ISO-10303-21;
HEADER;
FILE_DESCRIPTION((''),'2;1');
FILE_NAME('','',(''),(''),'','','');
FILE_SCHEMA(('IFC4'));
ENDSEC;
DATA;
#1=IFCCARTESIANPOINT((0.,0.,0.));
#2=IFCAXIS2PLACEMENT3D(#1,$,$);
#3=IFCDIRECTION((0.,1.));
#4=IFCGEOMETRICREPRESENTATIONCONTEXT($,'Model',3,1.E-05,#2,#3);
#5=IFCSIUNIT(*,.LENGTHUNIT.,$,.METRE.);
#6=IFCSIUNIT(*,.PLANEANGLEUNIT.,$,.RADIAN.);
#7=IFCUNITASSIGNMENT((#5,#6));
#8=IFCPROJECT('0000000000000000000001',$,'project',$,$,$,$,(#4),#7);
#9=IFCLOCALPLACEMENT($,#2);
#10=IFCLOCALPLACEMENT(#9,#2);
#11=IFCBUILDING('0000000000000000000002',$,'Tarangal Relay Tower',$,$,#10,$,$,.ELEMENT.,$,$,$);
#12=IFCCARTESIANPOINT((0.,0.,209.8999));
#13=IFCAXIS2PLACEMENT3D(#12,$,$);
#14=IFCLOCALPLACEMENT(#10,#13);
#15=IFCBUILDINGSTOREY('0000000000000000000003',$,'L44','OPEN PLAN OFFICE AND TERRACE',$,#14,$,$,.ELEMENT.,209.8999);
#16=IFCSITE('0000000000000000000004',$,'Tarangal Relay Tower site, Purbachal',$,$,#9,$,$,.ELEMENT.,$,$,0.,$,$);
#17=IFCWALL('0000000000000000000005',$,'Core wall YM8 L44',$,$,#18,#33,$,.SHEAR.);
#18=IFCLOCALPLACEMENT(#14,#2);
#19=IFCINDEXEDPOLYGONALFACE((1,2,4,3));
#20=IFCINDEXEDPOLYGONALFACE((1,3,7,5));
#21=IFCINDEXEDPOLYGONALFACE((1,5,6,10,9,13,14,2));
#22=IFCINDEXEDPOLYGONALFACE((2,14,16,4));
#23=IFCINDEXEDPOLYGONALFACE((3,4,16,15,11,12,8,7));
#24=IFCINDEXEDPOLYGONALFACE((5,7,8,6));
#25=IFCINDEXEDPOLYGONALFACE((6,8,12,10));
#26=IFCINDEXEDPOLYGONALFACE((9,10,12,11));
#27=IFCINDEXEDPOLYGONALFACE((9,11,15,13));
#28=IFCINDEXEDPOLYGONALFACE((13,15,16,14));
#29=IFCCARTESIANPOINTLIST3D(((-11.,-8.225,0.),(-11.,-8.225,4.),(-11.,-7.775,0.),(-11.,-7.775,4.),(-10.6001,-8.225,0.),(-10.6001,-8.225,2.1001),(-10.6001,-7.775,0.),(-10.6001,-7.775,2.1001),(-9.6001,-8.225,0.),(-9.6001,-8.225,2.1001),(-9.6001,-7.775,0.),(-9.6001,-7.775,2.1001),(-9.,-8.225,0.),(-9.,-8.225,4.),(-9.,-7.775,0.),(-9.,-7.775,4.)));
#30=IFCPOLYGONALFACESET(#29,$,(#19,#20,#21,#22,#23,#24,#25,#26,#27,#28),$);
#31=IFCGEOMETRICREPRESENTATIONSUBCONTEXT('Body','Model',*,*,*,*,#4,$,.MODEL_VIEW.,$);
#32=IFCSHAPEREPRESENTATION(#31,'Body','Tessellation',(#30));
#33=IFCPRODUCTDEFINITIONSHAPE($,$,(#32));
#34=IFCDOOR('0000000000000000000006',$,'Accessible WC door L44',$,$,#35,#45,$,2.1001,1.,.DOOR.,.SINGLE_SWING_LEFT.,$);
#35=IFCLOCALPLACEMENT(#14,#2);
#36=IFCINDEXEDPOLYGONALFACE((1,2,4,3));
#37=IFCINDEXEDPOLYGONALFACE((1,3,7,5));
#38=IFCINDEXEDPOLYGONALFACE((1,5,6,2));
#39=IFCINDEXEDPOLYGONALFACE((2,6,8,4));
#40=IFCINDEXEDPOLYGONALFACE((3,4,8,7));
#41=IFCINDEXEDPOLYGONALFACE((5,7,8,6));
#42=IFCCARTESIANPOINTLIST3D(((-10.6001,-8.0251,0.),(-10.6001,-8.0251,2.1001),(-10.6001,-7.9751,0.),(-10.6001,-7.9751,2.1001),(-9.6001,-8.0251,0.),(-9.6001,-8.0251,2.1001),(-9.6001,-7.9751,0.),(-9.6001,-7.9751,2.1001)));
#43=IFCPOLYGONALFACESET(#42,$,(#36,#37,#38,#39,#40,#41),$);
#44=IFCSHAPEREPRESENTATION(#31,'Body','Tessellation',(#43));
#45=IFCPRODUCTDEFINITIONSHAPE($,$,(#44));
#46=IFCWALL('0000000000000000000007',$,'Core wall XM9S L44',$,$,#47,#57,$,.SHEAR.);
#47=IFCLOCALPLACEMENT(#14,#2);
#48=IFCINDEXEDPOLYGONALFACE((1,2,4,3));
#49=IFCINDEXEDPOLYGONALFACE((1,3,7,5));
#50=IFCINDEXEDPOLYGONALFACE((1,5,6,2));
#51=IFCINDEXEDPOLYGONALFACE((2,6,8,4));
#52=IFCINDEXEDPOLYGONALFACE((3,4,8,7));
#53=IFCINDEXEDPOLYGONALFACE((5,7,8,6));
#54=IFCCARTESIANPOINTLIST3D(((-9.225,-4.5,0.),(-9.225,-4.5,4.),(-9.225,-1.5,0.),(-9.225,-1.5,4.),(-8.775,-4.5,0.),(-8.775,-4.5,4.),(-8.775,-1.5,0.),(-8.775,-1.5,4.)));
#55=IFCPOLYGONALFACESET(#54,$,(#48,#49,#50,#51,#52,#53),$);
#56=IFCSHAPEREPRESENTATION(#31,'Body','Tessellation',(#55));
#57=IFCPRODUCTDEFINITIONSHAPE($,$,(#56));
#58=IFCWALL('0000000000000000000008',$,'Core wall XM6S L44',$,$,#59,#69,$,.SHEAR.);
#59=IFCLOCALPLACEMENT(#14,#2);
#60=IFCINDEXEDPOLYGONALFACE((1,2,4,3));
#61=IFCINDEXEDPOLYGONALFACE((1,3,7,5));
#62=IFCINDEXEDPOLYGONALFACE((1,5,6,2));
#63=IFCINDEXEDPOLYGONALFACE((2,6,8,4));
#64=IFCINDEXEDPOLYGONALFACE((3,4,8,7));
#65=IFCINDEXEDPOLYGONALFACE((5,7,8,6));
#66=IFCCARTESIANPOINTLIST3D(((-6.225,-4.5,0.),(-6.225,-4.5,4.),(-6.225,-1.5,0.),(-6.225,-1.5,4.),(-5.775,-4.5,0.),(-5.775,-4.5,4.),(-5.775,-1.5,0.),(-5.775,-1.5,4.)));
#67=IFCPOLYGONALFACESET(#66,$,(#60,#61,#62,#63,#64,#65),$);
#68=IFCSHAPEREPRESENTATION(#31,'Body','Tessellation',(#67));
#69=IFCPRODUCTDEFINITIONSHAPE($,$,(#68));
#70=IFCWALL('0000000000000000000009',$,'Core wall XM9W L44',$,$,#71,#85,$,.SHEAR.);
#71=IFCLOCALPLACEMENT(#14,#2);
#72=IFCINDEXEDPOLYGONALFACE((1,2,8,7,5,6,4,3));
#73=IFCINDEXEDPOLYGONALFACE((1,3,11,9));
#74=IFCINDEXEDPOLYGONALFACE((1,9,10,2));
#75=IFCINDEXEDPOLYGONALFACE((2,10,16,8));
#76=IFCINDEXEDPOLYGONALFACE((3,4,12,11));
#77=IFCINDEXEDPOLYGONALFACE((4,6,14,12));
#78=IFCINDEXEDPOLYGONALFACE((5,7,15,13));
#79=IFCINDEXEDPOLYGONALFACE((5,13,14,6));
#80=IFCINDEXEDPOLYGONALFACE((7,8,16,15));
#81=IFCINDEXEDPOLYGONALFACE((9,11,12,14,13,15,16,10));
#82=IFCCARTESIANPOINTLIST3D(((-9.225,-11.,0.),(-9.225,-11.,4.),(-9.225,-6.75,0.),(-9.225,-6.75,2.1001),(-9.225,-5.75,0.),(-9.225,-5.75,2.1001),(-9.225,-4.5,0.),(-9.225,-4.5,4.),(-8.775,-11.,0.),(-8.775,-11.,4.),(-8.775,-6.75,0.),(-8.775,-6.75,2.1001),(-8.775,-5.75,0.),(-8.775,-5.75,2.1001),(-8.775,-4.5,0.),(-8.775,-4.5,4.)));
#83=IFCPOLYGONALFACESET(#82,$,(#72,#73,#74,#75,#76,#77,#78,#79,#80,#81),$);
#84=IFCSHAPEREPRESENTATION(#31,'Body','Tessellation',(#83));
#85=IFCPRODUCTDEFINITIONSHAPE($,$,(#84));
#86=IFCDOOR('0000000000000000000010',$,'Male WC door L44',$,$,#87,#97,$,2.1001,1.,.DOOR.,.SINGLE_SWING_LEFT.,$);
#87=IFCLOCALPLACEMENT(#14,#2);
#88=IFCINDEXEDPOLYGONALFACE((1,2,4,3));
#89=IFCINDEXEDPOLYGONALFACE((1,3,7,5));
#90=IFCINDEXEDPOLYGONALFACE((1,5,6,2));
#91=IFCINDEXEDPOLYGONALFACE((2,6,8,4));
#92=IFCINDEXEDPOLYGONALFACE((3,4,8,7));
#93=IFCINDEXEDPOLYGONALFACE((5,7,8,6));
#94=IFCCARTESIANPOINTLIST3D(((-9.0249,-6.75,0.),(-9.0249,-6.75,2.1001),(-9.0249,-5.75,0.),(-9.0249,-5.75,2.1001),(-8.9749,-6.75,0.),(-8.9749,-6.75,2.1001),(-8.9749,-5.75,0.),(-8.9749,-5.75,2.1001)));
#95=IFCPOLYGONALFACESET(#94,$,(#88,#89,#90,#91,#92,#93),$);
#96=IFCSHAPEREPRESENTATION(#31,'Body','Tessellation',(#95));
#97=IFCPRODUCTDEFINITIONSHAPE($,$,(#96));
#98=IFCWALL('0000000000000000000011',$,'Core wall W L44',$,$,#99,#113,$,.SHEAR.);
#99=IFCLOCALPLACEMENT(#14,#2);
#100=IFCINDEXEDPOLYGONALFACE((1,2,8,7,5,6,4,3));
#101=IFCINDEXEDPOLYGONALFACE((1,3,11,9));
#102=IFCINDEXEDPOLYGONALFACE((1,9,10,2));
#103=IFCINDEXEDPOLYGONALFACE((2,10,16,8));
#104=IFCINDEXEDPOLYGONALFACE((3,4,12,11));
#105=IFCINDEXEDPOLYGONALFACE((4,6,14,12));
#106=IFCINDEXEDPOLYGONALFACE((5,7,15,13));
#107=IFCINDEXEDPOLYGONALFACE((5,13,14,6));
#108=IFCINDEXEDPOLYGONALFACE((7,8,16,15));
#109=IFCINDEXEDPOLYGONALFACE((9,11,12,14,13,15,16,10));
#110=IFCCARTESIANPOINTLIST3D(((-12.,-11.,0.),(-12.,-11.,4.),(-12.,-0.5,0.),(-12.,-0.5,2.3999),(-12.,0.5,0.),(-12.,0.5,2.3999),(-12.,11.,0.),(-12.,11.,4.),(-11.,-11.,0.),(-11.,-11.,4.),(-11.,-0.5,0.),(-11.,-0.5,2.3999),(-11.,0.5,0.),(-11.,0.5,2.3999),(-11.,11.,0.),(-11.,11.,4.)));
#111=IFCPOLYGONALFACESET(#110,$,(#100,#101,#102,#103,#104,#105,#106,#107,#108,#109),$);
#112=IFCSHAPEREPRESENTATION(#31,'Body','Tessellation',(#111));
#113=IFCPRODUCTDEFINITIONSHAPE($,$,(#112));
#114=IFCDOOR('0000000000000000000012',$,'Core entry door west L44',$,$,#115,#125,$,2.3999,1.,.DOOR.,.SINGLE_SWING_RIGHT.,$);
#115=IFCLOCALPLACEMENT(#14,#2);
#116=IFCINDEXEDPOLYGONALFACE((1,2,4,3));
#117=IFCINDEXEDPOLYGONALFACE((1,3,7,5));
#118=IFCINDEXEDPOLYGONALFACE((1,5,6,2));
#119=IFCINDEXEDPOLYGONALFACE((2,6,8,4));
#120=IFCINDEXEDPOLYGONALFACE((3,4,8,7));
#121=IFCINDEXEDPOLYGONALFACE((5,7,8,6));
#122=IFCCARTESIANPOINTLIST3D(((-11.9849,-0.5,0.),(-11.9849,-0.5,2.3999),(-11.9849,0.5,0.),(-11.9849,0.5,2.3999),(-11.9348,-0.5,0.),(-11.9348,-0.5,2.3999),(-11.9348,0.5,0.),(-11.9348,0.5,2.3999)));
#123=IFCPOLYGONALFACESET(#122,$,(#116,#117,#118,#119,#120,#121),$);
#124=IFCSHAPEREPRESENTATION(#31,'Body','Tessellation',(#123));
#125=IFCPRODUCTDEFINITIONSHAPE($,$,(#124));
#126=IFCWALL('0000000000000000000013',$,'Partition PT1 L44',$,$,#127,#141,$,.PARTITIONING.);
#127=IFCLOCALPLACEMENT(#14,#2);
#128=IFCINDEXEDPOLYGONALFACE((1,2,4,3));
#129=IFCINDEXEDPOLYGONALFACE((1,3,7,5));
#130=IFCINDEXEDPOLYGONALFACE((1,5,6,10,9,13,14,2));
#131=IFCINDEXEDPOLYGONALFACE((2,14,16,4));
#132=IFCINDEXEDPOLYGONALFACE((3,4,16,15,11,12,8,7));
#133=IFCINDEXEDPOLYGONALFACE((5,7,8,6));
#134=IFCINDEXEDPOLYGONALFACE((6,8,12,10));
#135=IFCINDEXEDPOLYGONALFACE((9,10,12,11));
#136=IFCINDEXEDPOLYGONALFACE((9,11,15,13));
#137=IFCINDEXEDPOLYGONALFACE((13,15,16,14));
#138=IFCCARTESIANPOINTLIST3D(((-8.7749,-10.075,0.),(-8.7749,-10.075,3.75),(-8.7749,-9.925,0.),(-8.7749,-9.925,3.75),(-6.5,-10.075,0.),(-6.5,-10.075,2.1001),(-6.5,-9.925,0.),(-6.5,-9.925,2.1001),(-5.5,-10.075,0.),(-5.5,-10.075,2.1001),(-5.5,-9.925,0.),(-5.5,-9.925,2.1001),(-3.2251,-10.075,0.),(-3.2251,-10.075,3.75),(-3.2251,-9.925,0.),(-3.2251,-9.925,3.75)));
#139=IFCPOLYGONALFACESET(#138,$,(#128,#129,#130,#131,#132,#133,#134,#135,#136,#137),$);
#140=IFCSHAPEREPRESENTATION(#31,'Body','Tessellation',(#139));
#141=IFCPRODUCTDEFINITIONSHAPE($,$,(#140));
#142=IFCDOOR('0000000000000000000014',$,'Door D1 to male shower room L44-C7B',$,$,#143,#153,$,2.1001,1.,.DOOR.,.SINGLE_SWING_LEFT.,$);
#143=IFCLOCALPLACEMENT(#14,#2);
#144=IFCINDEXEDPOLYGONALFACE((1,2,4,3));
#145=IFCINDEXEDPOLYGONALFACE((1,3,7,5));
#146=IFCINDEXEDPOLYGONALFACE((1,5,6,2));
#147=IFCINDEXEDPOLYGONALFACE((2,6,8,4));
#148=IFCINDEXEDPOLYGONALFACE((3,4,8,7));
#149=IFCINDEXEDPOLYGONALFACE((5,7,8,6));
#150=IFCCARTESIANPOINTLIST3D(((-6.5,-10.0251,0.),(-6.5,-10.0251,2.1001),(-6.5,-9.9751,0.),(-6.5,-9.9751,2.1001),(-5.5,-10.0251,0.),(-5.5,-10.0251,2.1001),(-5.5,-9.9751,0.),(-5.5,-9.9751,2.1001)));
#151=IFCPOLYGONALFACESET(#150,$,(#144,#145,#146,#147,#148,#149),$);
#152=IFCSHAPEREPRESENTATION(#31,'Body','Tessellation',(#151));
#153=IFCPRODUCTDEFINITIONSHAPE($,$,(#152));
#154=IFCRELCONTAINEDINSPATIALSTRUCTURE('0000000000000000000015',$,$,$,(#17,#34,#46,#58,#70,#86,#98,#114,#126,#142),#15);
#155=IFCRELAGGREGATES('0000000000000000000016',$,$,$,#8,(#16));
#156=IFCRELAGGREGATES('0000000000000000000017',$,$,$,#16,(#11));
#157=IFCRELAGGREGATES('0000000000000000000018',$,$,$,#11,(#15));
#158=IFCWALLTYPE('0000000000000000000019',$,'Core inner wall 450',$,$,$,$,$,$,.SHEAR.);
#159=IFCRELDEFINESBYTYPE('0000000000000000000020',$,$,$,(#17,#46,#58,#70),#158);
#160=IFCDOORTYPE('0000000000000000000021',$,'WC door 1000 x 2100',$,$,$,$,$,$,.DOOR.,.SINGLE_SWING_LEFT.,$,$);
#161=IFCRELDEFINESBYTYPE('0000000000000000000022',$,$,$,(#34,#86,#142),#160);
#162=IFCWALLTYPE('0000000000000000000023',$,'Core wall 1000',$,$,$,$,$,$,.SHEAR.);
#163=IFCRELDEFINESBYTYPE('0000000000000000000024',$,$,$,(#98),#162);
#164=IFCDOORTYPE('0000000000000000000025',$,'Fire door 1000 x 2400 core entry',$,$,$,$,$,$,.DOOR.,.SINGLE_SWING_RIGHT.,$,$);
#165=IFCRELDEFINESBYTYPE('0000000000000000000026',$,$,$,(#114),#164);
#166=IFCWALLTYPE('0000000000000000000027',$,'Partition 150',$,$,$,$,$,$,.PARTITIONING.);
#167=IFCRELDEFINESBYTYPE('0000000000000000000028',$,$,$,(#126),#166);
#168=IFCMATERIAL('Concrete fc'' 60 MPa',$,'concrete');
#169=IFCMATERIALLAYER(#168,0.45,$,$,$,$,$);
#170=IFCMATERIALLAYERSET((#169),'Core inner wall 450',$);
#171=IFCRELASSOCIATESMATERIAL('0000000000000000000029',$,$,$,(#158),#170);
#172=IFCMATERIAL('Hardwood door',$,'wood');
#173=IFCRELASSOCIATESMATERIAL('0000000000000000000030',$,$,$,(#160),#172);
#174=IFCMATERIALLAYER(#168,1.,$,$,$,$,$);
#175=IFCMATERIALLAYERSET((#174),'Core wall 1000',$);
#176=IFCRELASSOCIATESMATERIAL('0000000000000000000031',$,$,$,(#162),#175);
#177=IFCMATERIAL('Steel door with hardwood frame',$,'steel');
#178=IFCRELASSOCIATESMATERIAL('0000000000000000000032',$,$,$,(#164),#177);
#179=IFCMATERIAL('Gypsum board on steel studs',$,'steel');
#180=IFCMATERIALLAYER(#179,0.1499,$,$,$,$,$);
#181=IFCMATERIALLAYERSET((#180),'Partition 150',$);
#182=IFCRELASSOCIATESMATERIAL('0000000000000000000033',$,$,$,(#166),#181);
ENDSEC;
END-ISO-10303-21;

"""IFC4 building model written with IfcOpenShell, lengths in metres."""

from ifc_helpers import new_model, si_unit, direction, frame, frame_2d, origin, place, context, subcontext, project, spatial, rectangle, extrude, material, layer, layer_set, type_object, element, fill, save


model = new_model("IFC4")

# Units and contexts
model_context = context("Model", 3, precision=1e-05, world=origin(), true_north=direction((0.0, 1.0)))
body_context = subcontext(model_context, "Body", "Model", "MODEL_VIEW")
ifc_project = project(units=[si_unit("LENGTHUNIT", "METRE"), si_unit("PLANEANGLEUNIT", "RADIAN")], contexts=[model_context])

# Site, building, storey
site_placement = place(None, origin())
site = spatial("IfcSite", under=ifc_project, at=site_placement, Name="Tarangal Relay Tower site, Purbachal", CompositionType="ELEMENT", RefElevation=0.0)
building_placement = place(site_placement, origin())
building = spatial("IfcBuilding", under=site, at=building_placement, Name="Tarangal Relay Tower", CompositionType="ELEMENT")
storey_placement = place(building_placement, frame((0.0, 0.0, 209.8999)))
storey = spatial("IfcBuildingStorey", under=building, at=storey_placement, Name="L44", Description="OPEN PLAN OFFICE AND TERRACE", CompositionType="ELEMENT", Elevation=209.8999)

# Shared definitions
ifc_material_1 = material(Name="Concrete fc' 60 MPa", Category="concrete")
ifc_layer_1 = layer(ifc_material_1, 0.45)
ifc_layer_set_1 = layer_set([ifc_layer_1], Name="Core inner wall 450")
wall_type_1 = type_object("IfcWallType", Name="Core inner wall 450", PredefinedType="SHEAR", material=ifc_layer_set_1)
ifc_material_2 = material(Name="Steel door with hardwood frame", Category="steel")

# Wall, opening, door
wall_1_placement = place(storey_placement, frame((-11.0, -8.0, 0.0), z_axis=(0.0, 0.0, 1.0), x_axis=(1.0, 0.0, 0.0)))
wall_1 = element("IfcWall", 1, at=wall_1_placement, inside=storey, type_object=wall_type_1, Name="Core wall YM8 L44", PredefinedType="SHEAR", context=body_context, shape_type="SweptSolid", body=[
    extrude(rectangle(XDim=2.0, YDim=0.45, at=frame_2d((1.0, 0.0))), origin(), (0.0, 0.0, 1.0), 4.0),
])
opening_1_placement = place(wall_1_placement, frame((0.3999, 0.0, 0.0)))
opening_1 = element("IfcOpeningElement", 2, at=opening_1_placement, cuts=wall_1, PredefinedType="OPENING", context=body_context, shape_type="SweptSolid", body=[
    extrude(rectangle(XDim=1.0, YDim=2.1001, at=frame_2d((0.5, 1.05))), frame((0.0, 0.2349, 0.0), z_axis=(0.0, -1.0, 0.0), x_axis=(1.0, 0.0, 0.0)), (0.0, 0.0, 1.0), 0.47),
])
ifc_material_3 = material(Name="Hardwood door", Category="wood")
door_type_1 = type_object("IfcDoorType", Name="WC door 1000 x 2100", OperationType="SINGLE_SWING_LEFT", PredefinedType="DOOR", material=ifc_material_3)
door_1_placement = place(opening_1_placement, origin())
door_1 = element("IfcDoor", 3, at=door_1_placement, inside=storey, type_object=door_type_1, Name="Accessible WC door L44", OperationType="SINGLE_SWING_LEFT", OverallHeight=2.1001, OverallWidth=1.0, PredefinedType="DOOR", context=body_context, shape_type="SweptSolid", body=[
    extrude(rectangle(XDim=1.0, YDim=2.1001, at=frame_2d((0.5, 1.05))), frame((0.0, 0.0249, 0.0), z_axis=(0.0, -1.0, 0.0), x_axis=(1.0, 0.0, 0.0)), (0.0, 0.0, 1.0), 0.05),
])
fill(opening_1, door_1)

# Walls
for number, where, z_axis, x_axis, name in (
    (4, (-9.0, -4.5, 0.0), (0.0, 0.0, 1.0), (0.0, 1.0, 0.0), "Core wall XM9S L44"),
    (5, (-6.0, -4.5, 0.0), (0.0, 0.0, 1.0), (0.0, 1.0, 0.0), "Core wall XM6S L44"),
):
    element("IfcWall", number, at=place(storey_placement, frame(where, z_axis=z_axis, x_axis=x_axis)), inside=storey, type_object=wall_type_1, Name=name, PredefinedType="SHEAR", context=body_context, shape_type="SweptSolid", body=[
        extrude(rectangle(XDim=3.0, YDim=0.45, at=frame_2d((1.5, 0.0))), origin(), (0.0, 0.0, 1.0), 4.0),
    ])

# Walls, openings, doors
wall_2_placement = place(storey_placement, frame((-9.0, -11.0, 0.0), z_axis=(0.0, 0.0, 1.0), x_axis=(0.0, 1.0, 0.0)))
wall_2 = element("IfcWall", 6, at=wall_2_placement, inside=storey, type_object=wall_type_1, Name="Core wall XM9W L44", PredefinedType="SHEAR", context=body_context, shape_type="SweptSolid", body=[
    extrude(rectangle(XDim=6.5, YDim=0.45, at=frame_2d((3.25, 0.0))), origin(), (0.0, 0.0, 1.0), 4.0),
])
opening_2_placement = place(wall_2_placement, frame((4.25, 0.0, 0.0)))
opening_2 = element("IfcOpeningElement", 7, at=opening_2_placement, cuts=wall_2, PredefinedType="OPENING", context=body_context, shape_type="SweptSolid", body=[
    extrude(rectangle(XDim=1.0, YDim=2.1001, at=frame_2d((0.5, 1.05))), frame((0.0, 0.2349, 0.0), z_axis=(0.0, -1.0, 0.0), x_axis=(1.0, 0.0, 0.0)), (0.0, 0.0, 1.0), 0.47),
])
door_2_placement = place(opening_2_placement, origin())
door_2 = element("IfcDoor", 8, at=door_2_placement, inside=storey, type_object=door_type_1, Name="Male WC door L44", OperationType="SINGLE_SWING_LEFT", OverallHeight=2.1001, OverallWidth=1.0, PredefinedType="DOOR", context=body_context, shape_type="SweptSolid", body=[
    extrude(rectangle(XDim=1.0, YDim=2.1001, at=frame_2d((0.5, 1.05))), frame((0.0, 0.0249, 0.0), z_axis=(0.0, -1.0, 0.0), x_axis=(1.0, 0.0, 0.0)), (0.0, 0.0, 1.0), 0.05),
])
fill(opening_2, door_2)
ifc_layer_2 = layer(ifc_material_1, 1.0)
ifc_layer_set_2 = layer_set([ifc_layer_2], Name="Core wall 1000")
wall_type_2 = type_object("IfcWallType", Name="Core wall 1000", PredefinedType="SHEAR", material=ifc_layer_set_2)
wall_3_placement = place(storey_placement, frame((-11.5, -11.0, 0.0), z_axis=(0.0, 0.0, 1.0), x_axis=(0.0, 1.0, 0.0)))
wall_3 = element("IfcWall", 9, at=wall_3_placement, inside=storey, type_object=wall_type_2, Name="Core wall W L44", PredefinedType="SHEAR", context=body_context, shape_type="SweptSolid", body=[
    extrude(rectangle(XDim=22.0, YDim=1.0, at=frame_2d((11.0, 0.0))), origin(), (0.0, 0.0, 1.0), 4.0),
])
opening_3_placement = place(wall_3_placement, frame((10.5, 0.0, 0.0)))
opening_3 = element("IfcOpeningElement", 10, at=opening_3_placement, cuts=wall_3, PredefinedType="OPENING", context=body_context, shape_type="SweptSolid", body=[
    extrude(rectangle(XDim=1.0, YDim=2.3999, at=frame_2d((0.5, 1.2))), frame((0.0, 0.51, 0.0), z_axis=(0.0, -1.0, 0.0), x_axis=(1.0, 0.0, 0.0)), (0.0, 0.0, 1.0), 1.02),
])
door_type_2 = type_object("IfcDoorType", Name="Fire door 1000 x 2400 core entry", OperationType="SINGLE_SWING_RIGHT", PredefinedType="DOOR", material=ifc_material_2)
door_3_placement = place(opening_3_placement, origin())
door_3 = element("IfcDoor", 11, at=door_3_placement, inside=storey, type_object=door_type_2, Name="Core entry door west L44", OperationType="SINGLE_SWING_RIGHT", OverallHeight=2.3999, OverallWidth=1.0, PredefinedType="DOOR", context=body_context, shape_type="SweptSolid", body=[
    extrude(rectangle(XDim=1.0, YDim=2.3999, at=frame_2d((0.5, 1.2))), frame((0.0, 0.4849, 0.0), z_axis=(0.0, -1.0, 0.0), x_axis=(1.0, 0.0, 0.0)), (0.0, 0.0, 1.0), 0.05),
])
fill(opening_3, door_3)
ifc_material_4 = material(Name="Gypsum board on steel studs", Category="steel")
ifc_layer_3 = layer(ifc_material_4, 0.1499)
ifc_layer_set_3 = layer_set([ifc_layer_3], Name="Partition 150")
wall_type_3 = type_object("IfcWallType", Name="Partition 150", PredefinedType="PARTITIONING", material=ifc_layer_set_3)
wall_4_placement = place(storey_placement, frame((-8.7749, -10.0, 0.0), z_axis=(0.0, 0.0, 1.0), x_axis=(1.0, 0.0, 0.0)))
wall_4 = element("IfcWall", 12, at=wall_4_placement, inside=storey, type_object=wall_type_3, Name="Partition PT1 L44", PredefinedType="PARTITIONING", context=body_context, shape_type="SweptSolid", body=[
    extrude(rectangle(XDim=5.5498, YDim=0.1499, at=frame_2d((2.7749, 0.0))), origin(), (0.0, 0.0, 1.0), 3.75),
])
opening_4_placement = place(wall_4_placement, frame((2.2749, 0.0, 0.0)))
opening_4 = element("IfcOpeningElement", 13, at=opening_4_placement, cuts=wall_4, PredefinedType="OPENING", context=body_context, shape_type="SweptSolid", body=[
    extrude(rectangle(XDim=1.0, YDim=2.1001, at=frame_2d((0.5, 1.05))), frame((0.0, 0.085, 0.0), z_axis=(0.0, -1.0, 0.0), x_axis=(1.0, 0.0, 0.0)), (0.0, 0.0, 1.0), 0.1699),
])
door_4_placement = place(opening_4_placement, origin())
door_4 = element("IfcDoor", 14, at=door_4_placement, inside=storey, type_object=door_type_1, Name="Door D1 to male shower room L44-C7B", OperationType="SINGLE_SWING_LEFT", OverallHeight=2.1001, OverallWidth=1.0, PredefinedType="DOOR", context=body_context, shape_type="SweptSolid", body=[
    extrude(rectangle(XDim=1.0, YDim=2.1001, at=frame_2d((0.5, 1.05))), frame((0.0, 0.0249, 0.0), z_axis=(0.0, -1.0, 0.0), x_axis=(1.0, 0.0, 0.0)), (0.0, 0.0, 1.0), 0.05),
])
fill(opening_4, door_4)

save(model, "model.ifc")
